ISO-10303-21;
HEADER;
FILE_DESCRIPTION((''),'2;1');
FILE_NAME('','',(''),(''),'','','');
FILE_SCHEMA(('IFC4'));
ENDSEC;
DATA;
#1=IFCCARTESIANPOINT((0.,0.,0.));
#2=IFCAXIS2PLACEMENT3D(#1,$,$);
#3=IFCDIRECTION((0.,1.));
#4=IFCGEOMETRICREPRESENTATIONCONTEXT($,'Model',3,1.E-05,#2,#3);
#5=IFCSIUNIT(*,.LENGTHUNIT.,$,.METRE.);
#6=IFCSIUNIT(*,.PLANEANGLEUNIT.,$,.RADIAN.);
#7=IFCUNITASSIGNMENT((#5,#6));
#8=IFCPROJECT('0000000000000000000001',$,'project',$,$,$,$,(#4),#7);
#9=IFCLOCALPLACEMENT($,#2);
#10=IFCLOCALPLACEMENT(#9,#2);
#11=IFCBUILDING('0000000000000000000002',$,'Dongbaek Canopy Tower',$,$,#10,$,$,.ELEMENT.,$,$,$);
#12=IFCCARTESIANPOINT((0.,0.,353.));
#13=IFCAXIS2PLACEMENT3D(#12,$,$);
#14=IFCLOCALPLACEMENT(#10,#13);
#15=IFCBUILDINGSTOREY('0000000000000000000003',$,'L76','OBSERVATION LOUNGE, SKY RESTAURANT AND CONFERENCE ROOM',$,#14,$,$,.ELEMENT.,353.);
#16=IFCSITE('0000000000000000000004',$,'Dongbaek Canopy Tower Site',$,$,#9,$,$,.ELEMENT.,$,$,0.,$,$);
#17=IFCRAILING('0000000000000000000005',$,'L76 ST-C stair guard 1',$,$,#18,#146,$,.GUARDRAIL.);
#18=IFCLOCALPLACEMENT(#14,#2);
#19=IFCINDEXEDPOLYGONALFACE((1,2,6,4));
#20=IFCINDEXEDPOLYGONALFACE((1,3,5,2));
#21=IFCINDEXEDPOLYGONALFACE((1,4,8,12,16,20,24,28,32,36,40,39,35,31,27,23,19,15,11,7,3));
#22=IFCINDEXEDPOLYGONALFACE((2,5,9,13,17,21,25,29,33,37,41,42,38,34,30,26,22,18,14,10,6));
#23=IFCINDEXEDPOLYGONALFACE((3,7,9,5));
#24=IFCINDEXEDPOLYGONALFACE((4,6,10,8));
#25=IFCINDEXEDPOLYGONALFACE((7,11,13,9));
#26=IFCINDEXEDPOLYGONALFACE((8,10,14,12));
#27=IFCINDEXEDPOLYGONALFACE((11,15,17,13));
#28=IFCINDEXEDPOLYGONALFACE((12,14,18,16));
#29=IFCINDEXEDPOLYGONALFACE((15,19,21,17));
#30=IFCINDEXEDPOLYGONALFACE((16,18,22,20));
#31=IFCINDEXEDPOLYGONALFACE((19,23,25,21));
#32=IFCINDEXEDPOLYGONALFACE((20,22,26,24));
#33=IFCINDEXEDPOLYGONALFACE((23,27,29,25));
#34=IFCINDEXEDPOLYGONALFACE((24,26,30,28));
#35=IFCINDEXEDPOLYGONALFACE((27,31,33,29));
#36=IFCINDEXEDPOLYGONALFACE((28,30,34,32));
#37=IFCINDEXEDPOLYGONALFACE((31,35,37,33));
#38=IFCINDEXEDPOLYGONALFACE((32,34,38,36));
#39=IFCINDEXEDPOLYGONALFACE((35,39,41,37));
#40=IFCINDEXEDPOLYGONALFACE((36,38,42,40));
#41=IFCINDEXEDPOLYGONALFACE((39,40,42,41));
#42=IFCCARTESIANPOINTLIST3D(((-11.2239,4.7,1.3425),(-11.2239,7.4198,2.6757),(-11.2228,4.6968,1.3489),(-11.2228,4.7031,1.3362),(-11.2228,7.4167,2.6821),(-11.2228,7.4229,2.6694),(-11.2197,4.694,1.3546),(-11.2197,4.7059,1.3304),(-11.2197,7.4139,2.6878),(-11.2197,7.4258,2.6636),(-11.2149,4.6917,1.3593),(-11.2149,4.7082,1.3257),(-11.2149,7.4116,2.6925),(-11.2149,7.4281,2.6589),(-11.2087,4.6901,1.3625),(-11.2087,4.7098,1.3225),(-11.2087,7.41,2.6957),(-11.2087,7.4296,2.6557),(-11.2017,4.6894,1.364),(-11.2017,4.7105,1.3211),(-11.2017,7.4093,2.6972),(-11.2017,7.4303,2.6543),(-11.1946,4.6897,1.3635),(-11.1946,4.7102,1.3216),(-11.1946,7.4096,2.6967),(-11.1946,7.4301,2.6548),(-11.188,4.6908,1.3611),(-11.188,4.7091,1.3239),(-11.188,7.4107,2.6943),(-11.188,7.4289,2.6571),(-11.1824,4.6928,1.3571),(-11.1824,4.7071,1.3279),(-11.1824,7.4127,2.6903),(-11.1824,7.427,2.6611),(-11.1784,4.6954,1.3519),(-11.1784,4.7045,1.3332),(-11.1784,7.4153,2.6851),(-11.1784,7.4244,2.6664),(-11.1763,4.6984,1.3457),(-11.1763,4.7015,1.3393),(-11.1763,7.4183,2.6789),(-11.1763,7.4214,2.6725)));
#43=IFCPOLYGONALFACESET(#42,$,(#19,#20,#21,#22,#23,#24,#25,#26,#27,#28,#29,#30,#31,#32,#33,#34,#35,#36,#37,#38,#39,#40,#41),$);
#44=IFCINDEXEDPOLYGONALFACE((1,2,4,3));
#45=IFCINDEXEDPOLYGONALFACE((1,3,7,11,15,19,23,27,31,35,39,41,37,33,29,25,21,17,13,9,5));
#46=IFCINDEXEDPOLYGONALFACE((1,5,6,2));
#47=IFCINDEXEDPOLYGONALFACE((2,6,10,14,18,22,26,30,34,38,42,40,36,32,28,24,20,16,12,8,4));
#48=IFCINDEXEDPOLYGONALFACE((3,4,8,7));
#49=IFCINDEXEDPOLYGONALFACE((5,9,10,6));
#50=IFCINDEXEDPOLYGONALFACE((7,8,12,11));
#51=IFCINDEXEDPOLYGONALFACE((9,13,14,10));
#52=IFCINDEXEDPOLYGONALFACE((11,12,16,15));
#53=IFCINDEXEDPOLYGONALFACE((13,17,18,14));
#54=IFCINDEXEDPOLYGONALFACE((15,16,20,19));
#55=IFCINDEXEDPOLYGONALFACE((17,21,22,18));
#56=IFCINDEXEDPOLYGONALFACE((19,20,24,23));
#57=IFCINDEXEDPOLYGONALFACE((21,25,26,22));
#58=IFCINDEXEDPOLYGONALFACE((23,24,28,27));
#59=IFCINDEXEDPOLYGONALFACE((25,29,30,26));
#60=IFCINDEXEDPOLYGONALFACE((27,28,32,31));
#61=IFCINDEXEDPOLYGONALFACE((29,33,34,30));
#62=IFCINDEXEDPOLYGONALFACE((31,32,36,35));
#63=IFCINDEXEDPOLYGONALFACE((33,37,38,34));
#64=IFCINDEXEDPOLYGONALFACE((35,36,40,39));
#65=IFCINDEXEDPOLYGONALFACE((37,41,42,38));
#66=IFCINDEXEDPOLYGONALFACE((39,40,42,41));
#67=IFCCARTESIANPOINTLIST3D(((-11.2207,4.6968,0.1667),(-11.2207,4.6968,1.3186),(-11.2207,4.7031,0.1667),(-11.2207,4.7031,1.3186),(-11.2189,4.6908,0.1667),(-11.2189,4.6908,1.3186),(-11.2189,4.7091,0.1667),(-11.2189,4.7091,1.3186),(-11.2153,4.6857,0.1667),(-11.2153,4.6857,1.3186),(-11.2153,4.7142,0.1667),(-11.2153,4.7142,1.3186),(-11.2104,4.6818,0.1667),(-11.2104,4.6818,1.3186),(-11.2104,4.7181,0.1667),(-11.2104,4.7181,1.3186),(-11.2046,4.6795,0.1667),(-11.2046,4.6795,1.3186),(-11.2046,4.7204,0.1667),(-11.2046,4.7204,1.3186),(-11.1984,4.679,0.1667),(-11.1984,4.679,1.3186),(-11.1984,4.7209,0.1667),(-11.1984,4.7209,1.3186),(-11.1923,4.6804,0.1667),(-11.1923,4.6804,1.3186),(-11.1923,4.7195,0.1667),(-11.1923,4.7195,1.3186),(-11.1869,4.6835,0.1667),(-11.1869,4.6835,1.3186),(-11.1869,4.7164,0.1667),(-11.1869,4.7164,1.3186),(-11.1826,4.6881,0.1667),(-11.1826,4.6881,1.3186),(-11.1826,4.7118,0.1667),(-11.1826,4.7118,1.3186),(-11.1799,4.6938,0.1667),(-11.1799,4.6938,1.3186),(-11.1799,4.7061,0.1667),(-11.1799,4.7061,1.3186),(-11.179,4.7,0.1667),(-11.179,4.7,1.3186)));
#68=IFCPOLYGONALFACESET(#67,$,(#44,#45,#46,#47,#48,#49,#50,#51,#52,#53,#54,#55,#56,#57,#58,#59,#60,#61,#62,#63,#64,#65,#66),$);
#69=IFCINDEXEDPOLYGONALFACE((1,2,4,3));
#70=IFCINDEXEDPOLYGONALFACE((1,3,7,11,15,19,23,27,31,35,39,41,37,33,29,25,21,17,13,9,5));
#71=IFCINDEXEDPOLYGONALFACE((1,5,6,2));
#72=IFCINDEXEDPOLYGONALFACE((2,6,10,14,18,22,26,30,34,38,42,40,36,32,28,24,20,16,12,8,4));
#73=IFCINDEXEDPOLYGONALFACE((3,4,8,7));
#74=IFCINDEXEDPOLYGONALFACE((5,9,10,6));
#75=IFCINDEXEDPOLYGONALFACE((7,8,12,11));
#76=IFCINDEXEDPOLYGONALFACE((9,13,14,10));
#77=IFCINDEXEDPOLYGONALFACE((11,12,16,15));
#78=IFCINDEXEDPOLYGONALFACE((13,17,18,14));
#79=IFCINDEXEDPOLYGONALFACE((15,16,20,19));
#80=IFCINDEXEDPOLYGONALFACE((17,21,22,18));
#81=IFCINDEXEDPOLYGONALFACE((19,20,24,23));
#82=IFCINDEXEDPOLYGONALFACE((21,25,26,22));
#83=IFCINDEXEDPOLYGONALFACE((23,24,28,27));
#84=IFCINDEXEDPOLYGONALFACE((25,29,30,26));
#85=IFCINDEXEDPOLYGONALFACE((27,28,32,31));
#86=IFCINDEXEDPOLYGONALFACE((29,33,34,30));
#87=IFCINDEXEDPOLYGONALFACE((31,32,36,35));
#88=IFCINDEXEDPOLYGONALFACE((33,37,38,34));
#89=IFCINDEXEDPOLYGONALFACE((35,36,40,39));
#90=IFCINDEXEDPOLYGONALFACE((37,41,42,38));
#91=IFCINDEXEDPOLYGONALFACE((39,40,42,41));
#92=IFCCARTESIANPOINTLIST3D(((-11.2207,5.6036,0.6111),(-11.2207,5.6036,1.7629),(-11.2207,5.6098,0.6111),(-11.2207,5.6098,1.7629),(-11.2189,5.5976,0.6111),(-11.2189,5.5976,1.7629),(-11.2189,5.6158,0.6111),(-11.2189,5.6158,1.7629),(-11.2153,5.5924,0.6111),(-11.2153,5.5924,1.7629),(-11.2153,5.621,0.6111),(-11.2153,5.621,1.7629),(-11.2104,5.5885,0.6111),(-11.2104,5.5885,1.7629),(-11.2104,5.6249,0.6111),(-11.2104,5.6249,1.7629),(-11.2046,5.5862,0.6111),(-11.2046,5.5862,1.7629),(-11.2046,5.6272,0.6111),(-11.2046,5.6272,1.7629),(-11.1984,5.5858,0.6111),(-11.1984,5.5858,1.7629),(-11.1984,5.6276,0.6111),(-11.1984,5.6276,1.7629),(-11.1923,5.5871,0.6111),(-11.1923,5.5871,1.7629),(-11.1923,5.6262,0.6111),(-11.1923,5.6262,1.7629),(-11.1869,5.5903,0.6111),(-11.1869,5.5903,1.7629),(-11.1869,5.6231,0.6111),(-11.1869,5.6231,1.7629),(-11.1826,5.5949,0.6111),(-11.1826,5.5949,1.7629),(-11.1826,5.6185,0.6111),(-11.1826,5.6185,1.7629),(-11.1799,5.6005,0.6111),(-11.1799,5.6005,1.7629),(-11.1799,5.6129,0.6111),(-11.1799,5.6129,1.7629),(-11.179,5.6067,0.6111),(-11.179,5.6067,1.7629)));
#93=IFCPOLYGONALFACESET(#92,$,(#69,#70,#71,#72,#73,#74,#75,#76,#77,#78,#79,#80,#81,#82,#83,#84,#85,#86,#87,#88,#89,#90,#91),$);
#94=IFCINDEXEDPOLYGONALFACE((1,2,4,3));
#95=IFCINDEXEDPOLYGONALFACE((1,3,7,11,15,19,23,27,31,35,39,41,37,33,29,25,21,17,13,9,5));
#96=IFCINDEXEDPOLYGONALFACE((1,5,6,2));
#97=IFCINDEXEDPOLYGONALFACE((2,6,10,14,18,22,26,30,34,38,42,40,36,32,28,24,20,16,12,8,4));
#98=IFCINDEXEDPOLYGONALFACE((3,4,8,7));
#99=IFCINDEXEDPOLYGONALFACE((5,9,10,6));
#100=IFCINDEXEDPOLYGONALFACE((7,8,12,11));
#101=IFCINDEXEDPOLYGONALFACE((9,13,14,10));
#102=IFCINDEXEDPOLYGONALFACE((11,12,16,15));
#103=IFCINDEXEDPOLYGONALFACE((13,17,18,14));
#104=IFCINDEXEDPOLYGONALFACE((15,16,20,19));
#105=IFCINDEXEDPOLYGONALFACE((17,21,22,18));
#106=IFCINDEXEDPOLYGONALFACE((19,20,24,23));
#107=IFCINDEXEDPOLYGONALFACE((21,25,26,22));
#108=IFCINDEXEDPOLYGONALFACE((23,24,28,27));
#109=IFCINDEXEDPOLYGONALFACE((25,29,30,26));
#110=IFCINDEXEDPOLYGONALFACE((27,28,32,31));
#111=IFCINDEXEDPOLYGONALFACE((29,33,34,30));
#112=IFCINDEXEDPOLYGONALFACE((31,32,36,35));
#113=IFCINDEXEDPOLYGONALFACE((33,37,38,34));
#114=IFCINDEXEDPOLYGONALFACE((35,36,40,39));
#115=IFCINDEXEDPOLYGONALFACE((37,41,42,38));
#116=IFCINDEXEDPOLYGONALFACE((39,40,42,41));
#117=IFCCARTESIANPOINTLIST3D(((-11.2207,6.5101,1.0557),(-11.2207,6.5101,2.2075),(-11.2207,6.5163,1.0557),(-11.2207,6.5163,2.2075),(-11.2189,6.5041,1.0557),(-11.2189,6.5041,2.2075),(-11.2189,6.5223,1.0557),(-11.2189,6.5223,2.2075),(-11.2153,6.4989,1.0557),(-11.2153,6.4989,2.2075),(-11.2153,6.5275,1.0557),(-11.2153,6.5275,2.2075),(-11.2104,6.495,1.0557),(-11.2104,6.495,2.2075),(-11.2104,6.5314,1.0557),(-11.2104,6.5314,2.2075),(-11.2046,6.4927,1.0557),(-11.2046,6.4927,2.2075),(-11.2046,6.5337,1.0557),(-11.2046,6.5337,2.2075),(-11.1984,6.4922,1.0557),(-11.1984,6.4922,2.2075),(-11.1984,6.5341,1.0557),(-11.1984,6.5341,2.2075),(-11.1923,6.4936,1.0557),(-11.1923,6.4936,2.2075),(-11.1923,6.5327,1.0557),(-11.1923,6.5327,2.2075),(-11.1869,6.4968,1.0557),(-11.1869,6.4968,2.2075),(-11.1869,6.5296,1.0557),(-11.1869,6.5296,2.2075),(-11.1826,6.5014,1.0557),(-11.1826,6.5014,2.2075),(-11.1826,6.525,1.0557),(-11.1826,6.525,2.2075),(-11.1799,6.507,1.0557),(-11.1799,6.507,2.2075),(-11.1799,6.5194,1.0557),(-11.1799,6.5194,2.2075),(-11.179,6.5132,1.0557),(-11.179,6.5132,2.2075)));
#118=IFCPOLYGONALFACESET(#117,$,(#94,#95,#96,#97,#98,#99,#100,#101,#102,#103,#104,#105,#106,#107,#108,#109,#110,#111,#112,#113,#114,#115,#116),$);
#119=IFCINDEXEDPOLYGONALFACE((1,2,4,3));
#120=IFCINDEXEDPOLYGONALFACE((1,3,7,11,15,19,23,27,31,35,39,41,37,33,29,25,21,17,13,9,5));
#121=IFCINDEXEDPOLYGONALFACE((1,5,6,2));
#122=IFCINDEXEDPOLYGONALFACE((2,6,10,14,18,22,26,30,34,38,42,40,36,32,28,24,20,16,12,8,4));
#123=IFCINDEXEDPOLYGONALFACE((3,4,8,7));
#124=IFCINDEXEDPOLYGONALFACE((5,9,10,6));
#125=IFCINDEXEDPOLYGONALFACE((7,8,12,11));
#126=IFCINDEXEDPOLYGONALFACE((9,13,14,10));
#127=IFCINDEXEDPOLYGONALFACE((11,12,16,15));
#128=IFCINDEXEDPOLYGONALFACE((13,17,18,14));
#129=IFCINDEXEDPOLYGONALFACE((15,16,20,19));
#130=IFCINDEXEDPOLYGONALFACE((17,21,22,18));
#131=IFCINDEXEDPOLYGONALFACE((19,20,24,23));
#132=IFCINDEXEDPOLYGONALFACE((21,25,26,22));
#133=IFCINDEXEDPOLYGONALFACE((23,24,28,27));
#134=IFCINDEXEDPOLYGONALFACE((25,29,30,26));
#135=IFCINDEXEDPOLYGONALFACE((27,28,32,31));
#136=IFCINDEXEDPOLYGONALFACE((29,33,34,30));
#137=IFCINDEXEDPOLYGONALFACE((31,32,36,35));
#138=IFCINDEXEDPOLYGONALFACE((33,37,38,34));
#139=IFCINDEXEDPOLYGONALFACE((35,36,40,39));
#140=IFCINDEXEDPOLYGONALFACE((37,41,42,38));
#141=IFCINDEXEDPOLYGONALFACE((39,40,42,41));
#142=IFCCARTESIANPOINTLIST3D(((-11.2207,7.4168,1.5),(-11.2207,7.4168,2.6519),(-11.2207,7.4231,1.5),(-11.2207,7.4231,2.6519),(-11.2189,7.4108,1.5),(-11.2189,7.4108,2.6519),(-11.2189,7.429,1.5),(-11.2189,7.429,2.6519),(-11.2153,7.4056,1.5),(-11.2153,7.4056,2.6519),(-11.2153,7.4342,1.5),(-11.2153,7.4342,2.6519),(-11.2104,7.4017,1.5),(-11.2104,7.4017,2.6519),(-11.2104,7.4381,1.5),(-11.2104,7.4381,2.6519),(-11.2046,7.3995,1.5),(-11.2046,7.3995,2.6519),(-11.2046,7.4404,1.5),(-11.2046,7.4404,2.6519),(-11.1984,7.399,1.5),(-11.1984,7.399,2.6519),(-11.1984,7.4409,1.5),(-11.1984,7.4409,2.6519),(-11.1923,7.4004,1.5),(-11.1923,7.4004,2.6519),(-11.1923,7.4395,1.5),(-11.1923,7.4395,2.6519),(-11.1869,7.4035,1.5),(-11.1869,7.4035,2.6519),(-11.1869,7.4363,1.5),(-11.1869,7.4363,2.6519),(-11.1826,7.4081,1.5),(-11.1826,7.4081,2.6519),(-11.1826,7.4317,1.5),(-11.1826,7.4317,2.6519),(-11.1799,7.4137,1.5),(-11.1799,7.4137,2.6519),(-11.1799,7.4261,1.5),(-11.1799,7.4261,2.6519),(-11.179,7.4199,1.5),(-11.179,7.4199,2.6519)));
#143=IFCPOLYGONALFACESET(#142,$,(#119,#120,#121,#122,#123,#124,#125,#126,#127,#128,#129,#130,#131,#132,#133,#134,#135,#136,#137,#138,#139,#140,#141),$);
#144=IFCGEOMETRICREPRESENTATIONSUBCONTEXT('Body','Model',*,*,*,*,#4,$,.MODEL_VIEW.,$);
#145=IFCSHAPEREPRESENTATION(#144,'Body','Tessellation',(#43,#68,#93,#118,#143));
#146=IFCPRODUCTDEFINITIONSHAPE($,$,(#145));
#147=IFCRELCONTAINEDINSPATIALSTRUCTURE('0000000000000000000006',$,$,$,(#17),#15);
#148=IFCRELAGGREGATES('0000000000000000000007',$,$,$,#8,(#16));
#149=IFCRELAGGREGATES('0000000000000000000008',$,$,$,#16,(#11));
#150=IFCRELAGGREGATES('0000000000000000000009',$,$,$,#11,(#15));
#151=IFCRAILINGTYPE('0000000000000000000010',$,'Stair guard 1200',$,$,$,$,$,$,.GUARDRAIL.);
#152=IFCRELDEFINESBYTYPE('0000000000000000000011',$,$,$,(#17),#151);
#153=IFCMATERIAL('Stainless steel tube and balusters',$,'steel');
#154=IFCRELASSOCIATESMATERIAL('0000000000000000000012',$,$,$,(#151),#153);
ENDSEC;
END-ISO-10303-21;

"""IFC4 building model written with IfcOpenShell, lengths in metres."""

from ifc_helpers import new_model, si_unit, direction, frame, origin, origin_2d, place, context, subcontext, project, spatial, circle, extrude, material, type_object, element, save


model = new_model("IFC4")

# Units and contexts
model_context = context("Model", 3, precision=1e-05, world=origin(), true_north=direction((0.0, 1.0)))
body_context = subcontext(model_context, "Body", "Model", "MODEL_VIEW")
ifc_project = project(units=[si_unit("LENGTHUNIT", "METRE"), si_unit("PLANEANGLEUNIT", "RADIAN")], contexts=[model_context])

# Site, building, storey
site_placement = place(None, origin())
site = spatial("IfcSite", under=ifc_project, at=site_placement, Name="Dongbaek Canopy Tower Site", CompositionType="ELEMENT", RefElevation=0.0)
building_placement = place(site_placement, origin())
building = spatial("IfcBuilding", under=site, at=building_placement, Name="Dongbaek Canopy Tower", CompositionType="ELEMENT")
storey_placement = place(building_placement, frame((0.0, 0.0, 353.0)))
storey = spatial("IfcBuildingStorey", under=building, at=storey_placement, Name="L76", Description="OBSERVATION LOUNGE, SKY RESTAURANT AND CONFERENCE ROOM", CompositionType="ELEMENT", Elevation=353.0)

# Railing
ifc_material_1 = material(Name="Stainless steel tube and balusters", Category="steel")
railing_type_1 = type_object("IfcRailingType", Name="Stair guard 1200", PredefinedType="GUARDRAIL", material=ifc_material_1)
railing_1_placement = place(storey_placement, frame((-11.2, 4.7, 0.1667)))
element("IfcRailing", 1, at=railing_1_placement, inside=storey, type_object=railing_type_1, Name="L76 ST-C stair guard 1", PredefinedType="GUARDRAIL", context=body_context, shape_type="SweptSolid", body=[
    extrude(circle(Radius=0.0239, at=origin_2d()), frame((0.0, 0.0, 1.1758), z_axis=(0.0, 0.897929, 0.440139), x_axis=(-1.0, 0.0, 0.0)), (0.0, 0.0, 1.0), 3.0291),
    extrude(circle(Radius=0.021, at=origin_2d()), origin(), (0.0, 0.0, 1.0), 1.1519),
    extrude(circle(Radius=0.021, at=origin_2d()), frame((0.0, 0.9067, 0.4443)), (0.0, 0.0, 1.0), 1.1519),
    extrude(circle(Radius=0.021, at=origin_2d()), frame((0.0, 1.8132, 0.8889)), (0.0, 0.0, 1.0), 1.1519),
    extrude(circle(Radius=0.021, at=origin_2d()), frame((0.0, 2.72, 1.3333)), (0.0, 0.0, 1.0), 1.1519),
])

save(model, "model.ifc")
